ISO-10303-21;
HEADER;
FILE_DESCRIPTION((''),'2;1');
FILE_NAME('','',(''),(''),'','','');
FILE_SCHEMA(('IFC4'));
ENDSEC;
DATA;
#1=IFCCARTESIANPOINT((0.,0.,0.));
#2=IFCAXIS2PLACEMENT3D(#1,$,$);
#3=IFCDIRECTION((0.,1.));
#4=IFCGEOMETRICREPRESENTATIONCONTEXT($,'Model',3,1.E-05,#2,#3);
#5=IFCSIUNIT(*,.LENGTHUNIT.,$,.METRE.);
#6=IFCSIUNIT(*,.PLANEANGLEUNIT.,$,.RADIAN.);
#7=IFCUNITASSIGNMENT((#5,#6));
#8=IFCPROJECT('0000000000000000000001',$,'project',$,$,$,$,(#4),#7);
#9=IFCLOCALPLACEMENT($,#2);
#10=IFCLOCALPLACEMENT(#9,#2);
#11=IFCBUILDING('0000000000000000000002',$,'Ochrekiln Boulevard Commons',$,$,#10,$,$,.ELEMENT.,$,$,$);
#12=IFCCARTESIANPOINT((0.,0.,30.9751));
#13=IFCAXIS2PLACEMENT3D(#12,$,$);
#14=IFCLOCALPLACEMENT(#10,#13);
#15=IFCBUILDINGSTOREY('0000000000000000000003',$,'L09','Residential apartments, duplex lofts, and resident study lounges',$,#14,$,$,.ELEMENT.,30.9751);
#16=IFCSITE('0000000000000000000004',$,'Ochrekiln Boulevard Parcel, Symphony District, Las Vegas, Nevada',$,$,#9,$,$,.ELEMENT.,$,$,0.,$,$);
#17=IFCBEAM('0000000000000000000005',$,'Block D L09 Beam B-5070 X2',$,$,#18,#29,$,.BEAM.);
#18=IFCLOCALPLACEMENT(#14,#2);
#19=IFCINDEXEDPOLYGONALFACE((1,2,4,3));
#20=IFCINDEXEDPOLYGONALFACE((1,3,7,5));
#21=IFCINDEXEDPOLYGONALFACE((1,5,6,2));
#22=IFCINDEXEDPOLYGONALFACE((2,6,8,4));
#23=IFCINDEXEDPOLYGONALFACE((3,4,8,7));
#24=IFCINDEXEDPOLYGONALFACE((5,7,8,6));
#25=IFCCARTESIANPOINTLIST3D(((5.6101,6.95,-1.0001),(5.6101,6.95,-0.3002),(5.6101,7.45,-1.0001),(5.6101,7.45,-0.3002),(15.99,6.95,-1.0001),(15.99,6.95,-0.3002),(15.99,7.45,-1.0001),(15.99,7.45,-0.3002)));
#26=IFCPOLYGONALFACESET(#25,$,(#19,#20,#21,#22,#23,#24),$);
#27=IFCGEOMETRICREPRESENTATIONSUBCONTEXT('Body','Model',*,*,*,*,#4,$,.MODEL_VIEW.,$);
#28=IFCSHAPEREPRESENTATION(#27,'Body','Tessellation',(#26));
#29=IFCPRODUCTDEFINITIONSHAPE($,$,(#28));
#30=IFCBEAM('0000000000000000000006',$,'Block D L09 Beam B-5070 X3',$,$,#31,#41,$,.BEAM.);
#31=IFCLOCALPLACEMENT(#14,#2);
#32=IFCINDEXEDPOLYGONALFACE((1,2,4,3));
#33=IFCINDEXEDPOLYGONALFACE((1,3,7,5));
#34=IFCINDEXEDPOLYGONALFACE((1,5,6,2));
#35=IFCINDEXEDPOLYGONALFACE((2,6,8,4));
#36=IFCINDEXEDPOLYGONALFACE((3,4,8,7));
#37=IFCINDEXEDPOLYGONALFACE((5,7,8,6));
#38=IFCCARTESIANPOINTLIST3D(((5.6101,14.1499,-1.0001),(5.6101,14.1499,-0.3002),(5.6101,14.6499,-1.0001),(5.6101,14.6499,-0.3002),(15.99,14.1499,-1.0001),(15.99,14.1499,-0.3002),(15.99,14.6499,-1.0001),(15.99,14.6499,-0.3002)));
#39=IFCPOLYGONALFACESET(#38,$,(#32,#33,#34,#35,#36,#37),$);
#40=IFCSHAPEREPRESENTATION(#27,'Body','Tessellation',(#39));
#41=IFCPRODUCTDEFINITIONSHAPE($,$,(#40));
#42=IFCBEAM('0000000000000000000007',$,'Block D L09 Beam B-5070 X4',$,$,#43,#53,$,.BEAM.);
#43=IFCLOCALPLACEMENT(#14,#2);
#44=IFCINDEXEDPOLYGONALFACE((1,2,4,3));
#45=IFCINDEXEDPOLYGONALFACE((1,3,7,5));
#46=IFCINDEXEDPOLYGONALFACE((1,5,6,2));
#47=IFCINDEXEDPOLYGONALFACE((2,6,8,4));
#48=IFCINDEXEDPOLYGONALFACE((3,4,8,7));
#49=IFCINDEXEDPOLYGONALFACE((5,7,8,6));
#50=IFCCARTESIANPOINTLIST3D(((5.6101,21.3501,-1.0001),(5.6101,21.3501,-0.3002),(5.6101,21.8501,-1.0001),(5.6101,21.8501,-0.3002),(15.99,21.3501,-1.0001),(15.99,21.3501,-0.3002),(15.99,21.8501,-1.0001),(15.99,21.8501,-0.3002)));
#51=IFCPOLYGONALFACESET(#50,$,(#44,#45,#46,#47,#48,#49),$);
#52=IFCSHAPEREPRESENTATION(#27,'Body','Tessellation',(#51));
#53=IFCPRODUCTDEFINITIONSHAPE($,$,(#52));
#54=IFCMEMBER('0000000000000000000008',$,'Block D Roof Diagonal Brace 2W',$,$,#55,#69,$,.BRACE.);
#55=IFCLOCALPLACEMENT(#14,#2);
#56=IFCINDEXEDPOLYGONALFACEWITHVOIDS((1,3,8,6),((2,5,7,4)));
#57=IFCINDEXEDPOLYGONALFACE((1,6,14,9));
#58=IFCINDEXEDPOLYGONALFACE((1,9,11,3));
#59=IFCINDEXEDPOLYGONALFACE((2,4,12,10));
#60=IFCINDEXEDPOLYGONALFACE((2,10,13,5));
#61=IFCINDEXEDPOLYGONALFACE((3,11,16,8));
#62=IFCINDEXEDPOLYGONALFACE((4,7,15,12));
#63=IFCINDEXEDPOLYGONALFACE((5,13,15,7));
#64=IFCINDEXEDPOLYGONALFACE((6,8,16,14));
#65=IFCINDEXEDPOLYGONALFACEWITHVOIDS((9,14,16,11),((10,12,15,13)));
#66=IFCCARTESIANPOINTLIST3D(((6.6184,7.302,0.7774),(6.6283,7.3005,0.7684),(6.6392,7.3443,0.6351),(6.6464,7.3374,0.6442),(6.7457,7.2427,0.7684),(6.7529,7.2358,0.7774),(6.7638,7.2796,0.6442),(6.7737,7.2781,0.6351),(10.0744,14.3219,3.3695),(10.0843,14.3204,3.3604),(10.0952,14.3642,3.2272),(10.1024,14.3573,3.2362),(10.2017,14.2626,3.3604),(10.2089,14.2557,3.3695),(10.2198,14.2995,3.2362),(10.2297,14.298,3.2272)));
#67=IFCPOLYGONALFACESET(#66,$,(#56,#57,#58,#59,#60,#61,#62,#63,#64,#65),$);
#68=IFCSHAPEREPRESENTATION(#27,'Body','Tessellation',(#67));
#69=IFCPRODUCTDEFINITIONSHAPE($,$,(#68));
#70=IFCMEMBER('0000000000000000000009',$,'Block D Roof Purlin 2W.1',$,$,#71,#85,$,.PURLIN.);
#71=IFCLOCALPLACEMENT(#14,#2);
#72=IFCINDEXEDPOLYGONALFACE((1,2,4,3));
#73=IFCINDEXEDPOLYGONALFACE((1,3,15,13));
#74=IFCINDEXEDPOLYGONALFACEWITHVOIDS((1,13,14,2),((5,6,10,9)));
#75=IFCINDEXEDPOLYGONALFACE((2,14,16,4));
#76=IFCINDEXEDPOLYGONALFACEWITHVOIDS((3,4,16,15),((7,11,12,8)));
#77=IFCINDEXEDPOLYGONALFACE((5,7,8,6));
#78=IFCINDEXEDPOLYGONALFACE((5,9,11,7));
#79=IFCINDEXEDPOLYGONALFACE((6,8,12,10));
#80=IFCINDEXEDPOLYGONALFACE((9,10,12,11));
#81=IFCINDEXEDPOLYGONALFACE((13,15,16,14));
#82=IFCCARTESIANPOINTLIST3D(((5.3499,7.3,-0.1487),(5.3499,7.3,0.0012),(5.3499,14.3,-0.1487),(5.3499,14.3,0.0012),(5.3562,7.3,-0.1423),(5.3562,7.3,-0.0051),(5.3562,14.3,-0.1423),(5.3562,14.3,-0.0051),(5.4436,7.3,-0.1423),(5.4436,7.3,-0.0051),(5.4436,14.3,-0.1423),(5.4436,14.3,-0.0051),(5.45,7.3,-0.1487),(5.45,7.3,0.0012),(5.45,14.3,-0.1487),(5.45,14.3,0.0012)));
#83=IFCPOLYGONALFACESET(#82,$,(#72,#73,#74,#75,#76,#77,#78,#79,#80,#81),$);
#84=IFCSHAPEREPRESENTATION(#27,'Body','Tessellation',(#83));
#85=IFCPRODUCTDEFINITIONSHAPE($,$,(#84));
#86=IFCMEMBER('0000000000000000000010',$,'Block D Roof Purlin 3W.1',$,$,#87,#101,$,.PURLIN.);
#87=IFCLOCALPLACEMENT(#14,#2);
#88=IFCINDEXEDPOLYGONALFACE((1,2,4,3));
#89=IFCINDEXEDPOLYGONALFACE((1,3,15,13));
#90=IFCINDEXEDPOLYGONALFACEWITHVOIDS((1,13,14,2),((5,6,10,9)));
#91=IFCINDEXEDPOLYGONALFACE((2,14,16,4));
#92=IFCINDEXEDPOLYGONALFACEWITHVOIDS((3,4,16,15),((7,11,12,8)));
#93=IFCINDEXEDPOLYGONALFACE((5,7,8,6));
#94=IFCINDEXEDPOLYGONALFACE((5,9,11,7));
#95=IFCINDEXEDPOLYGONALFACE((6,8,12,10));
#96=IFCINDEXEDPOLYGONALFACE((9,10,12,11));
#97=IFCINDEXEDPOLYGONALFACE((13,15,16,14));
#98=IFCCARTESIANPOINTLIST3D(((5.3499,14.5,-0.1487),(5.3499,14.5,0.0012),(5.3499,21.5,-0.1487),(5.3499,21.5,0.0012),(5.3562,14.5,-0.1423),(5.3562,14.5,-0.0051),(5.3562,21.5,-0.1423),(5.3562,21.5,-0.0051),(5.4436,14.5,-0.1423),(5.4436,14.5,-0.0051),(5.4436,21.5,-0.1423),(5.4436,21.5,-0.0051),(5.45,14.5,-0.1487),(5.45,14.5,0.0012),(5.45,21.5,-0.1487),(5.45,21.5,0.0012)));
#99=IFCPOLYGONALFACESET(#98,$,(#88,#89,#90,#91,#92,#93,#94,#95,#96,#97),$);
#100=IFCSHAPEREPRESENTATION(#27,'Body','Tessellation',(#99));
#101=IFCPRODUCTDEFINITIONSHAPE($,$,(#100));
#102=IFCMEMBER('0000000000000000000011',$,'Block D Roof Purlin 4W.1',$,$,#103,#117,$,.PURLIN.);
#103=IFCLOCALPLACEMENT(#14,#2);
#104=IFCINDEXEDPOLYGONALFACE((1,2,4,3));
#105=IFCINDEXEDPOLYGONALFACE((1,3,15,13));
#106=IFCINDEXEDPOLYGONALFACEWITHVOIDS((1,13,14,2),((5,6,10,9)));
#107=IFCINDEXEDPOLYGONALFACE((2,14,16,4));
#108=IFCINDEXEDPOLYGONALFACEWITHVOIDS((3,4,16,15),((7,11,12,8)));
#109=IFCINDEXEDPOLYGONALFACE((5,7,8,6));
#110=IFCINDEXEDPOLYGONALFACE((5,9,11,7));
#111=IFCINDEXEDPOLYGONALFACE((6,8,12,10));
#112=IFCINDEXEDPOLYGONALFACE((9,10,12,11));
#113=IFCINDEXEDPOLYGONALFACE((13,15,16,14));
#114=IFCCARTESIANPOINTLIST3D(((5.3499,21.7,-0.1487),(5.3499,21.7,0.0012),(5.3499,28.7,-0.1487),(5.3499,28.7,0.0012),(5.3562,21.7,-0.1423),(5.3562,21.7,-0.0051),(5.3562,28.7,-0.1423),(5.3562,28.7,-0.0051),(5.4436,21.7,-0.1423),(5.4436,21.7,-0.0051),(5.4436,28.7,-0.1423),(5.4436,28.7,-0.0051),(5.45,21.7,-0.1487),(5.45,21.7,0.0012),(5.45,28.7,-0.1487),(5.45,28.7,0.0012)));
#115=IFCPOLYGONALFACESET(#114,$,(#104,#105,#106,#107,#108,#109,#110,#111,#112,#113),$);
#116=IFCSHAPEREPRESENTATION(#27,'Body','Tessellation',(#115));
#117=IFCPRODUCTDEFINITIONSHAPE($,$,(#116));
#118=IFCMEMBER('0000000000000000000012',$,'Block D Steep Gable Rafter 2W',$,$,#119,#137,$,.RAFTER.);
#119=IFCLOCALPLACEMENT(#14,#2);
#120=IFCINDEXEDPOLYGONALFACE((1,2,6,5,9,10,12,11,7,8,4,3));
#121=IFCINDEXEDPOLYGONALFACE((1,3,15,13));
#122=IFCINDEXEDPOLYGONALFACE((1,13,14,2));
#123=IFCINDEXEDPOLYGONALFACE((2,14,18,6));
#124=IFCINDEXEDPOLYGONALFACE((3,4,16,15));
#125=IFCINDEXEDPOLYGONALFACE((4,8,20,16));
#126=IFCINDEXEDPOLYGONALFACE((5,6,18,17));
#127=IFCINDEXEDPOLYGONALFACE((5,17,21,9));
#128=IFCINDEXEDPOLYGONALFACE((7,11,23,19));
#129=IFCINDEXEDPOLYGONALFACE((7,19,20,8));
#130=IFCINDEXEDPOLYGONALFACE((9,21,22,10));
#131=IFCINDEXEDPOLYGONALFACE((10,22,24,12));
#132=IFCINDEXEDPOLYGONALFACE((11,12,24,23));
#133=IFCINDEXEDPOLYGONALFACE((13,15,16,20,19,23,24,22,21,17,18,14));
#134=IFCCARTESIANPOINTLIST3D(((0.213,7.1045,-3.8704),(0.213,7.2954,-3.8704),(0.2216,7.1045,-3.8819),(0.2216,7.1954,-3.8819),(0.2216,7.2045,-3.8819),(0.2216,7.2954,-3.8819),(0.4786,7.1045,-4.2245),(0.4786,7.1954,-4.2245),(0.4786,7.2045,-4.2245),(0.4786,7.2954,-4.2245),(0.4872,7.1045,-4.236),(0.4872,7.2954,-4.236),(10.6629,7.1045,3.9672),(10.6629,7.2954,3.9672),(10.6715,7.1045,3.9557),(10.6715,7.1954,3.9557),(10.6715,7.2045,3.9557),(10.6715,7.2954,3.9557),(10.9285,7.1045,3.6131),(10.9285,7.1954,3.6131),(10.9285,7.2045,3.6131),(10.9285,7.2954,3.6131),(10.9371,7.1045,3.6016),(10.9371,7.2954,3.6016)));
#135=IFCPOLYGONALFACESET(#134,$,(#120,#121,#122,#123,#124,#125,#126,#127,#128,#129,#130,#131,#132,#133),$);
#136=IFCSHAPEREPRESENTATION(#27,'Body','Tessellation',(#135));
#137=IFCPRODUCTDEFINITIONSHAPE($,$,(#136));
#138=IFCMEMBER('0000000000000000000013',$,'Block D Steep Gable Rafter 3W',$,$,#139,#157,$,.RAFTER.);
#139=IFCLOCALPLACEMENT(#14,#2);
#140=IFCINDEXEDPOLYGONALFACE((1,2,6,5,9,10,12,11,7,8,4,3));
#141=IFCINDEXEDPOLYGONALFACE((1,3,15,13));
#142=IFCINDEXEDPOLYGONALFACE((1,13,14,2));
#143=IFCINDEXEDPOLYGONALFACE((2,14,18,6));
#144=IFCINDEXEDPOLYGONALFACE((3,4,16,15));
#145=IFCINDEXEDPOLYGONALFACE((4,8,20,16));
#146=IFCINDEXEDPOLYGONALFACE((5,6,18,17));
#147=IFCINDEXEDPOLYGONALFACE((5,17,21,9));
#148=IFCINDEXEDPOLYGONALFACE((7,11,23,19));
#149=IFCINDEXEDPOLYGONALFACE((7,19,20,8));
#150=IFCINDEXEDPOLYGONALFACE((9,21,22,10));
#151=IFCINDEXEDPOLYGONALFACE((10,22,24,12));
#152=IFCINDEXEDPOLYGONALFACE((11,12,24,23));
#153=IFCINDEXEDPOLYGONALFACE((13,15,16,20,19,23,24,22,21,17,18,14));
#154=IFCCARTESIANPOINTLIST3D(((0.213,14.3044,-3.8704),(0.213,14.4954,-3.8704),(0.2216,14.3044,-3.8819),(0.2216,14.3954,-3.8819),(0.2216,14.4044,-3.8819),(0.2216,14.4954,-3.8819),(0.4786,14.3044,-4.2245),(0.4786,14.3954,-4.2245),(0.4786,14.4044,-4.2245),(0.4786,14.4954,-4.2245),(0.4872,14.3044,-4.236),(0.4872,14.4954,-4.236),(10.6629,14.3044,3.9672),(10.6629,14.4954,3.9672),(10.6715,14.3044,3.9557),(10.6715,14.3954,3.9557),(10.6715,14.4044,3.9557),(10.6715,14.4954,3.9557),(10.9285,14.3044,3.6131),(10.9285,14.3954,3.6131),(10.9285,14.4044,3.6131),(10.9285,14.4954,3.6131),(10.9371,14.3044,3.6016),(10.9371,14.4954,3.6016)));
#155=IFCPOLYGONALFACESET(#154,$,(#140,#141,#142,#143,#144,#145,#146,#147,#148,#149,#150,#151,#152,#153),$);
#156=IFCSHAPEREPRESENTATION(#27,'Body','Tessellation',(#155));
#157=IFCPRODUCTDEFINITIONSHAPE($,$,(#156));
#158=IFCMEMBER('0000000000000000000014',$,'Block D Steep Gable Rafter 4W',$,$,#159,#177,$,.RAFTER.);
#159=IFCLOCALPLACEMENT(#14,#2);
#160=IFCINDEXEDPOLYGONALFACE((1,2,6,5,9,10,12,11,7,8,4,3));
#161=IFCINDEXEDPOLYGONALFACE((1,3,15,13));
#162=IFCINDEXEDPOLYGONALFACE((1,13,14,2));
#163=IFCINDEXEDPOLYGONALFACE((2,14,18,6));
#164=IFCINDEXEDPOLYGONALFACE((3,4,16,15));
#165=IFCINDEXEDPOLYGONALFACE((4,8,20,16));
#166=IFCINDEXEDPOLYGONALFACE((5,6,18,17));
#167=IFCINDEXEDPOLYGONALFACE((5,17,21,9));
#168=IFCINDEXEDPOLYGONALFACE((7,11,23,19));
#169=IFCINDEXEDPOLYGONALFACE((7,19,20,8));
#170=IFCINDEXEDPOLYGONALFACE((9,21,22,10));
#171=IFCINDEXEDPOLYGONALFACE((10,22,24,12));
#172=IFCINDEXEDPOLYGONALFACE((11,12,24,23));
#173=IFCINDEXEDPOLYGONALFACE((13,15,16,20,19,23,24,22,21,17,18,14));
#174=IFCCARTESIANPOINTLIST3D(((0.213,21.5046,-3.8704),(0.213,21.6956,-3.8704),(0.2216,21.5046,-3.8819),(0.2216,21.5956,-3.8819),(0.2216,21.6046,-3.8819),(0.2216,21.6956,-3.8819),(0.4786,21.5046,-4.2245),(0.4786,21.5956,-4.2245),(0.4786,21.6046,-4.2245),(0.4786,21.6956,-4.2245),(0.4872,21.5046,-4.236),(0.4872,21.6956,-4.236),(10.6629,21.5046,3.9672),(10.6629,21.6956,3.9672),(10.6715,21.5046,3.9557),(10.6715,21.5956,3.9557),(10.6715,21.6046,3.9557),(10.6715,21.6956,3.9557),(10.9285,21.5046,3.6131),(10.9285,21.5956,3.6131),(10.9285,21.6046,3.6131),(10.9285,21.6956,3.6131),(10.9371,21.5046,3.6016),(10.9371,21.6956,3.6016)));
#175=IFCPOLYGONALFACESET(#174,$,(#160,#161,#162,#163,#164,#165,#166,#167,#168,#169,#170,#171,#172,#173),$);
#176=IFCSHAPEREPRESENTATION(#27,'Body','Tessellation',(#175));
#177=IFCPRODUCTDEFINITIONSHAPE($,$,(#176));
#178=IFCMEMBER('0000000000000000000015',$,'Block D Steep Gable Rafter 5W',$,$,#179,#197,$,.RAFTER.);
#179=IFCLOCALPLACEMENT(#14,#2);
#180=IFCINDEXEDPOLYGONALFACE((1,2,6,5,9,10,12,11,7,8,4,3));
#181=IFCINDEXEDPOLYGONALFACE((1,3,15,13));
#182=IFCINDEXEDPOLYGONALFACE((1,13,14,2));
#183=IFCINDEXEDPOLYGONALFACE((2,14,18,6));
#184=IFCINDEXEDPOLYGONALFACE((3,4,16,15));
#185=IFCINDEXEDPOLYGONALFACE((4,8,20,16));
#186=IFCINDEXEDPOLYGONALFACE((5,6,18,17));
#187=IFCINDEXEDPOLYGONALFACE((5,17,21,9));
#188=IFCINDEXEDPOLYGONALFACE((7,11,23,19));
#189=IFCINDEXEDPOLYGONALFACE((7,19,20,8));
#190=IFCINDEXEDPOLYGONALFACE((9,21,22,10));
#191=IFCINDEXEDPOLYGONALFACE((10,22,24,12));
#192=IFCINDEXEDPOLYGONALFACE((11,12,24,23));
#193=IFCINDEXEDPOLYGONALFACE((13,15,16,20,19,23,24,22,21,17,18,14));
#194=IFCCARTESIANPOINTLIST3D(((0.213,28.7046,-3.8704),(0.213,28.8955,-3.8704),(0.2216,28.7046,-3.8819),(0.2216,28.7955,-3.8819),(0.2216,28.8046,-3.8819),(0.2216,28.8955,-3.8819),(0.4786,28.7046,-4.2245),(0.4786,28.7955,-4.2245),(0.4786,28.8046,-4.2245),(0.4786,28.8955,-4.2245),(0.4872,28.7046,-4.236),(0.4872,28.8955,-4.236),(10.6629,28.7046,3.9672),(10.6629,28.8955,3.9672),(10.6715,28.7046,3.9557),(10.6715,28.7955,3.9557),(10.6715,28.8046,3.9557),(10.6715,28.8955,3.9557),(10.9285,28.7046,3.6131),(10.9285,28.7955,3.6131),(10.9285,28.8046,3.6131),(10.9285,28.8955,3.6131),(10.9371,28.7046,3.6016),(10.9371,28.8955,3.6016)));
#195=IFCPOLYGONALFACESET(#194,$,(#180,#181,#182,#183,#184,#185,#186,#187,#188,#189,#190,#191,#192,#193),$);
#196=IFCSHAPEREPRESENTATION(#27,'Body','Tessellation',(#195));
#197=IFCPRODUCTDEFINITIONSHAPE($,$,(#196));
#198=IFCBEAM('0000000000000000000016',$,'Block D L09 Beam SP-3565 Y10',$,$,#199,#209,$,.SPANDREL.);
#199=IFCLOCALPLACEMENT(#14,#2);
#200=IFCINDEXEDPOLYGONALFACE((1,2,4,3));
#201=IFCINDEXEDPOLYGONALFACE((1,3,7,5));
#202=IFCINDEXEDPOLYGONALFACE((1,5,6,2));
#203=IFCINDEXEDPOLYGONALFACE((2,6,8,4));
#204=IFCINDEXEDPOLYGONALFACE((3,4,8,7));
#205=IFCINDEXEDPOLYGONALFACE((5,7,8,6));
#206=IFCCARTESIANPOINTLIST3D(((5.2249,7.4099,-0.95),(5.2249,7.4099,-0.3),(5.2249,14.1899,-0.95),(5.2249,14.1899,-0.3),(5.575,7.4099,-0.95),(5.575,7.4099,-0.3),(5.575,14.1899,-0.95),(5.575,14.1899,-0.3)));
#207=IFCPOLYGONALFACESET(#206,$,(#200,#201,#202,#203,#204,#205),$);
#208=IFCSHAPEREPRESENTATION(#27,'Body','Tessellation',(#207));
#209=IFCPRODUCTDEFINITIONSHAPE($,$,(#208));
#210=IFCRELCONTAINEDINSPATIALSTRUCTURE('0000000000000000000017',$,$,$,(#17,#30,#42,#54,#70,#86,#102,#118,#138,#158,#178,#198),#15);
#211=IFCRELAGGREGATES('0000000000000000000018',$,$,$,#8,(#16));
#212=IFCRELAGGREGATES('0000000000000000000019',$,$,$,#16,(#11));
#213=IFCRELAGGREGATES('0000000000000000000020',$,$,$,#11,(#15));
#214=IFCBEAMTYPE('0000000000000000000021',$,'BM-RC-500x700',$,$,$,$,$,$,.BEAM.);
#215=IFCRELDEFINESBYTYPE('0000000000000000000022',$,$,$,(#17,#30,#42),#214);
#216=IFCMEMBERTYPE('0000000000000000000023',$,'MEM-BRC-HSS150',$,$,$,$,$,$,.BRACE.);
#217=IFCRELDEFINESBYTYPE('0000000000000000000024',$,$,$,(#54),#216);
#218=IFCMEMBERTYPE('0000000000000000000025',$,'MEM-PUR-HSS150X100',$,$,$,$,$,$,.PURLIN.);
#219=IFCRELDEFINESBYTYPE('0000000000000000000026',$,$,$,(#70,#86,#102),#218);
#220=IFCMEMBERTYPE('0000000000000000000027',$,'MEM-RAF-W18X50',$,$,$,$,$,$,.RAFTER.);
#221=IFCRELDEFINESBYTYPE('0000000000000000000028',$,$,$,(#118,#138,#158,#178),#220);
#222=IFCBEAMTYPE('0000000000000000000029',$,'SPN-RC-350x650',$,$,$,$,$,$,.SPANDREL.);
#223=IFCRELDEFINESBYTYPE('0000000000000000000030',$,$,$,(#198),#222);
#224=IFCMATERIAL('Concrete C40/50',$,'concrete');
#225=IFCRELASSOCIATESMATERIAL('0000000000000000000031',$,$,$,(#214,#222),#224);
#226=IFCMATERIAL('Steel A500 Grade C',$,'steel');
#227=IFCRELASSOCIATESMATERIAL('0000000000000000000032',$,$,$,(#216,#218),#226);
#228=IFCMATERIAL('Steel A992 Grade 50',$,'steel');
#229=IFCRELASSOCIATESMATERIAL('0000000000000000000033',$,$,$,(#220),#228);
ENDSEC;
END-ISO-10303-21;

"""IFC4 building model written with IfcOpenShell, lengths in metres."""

from ifc_helpers import new_model, si_unit, direction, frame, origin, origin_2d, place, context, subcontext, project, spatial, rectangle, hollow_rectangle, i_section, extrude, material, material_profile, profile_set, type_object, element, save


model = new_model("IFC4")

# Units and contexts
model_context = context("Model", 3, precision=1e-05, world=origin(), true_north=direction((0.0, 1.0)))
body_context = subcontext(model_context, "Body", "Model", "MODEL_VIEW")
ifc_project = project(units=[si_unit("LENGTHUNIT", "METRE"), si_unit("PLANEANGLEUNIT", "RADIAN")], contexts=[model_context])

# Site, building, storey
site_placement = place(None, origin())
site = spatial("IfcSite", under=ifc_project, at=site_placement, Name="Ochrekiln Boulevard Parcel, Symphony District, Las Vegas, Nevada", CompositionType="ELEMENT", RefElevation=0.0)
building_placement = place(site_placement, origin())
building = spatial("IfcBuilding", under=site, at=building_placement, Name="Ochrekiln Boulevard Commons", CompositionType="ELEMENT")
storey_placement = place(building_placement, frame((0.0, 0.0, 30.9751)))
storey = spatial("IfcBuildingStorey", under=building, at=storey_placement, Name="L09", Description="Residential apartments, duplex lofts, and resident study lounges", CompositionType="ELEMENT", Elevation=30.9751)

# Beams
ifc_material_1 = material(Name="Concrete C40/50", Category="concrete")
ifc_material_profile_1 = material_profile(ifc_material_1, rectangle(XDim=0.5, YDim=0.7, at=origin_2d()), Name="RC-BM-500x700")
ifc_profile_set_1 = profile_set([ifc_material_profile_1], Name="Concrete C40/50")
beam_type_1 = type_object("IfcBeamType", Name="BM-RC-500x700", PredefinedType="BEAM", material=ifc_profile_set_1)
for number, where, z_axis, x_axis, name in (
    (1, (5.6101, 7.2, -0.6501), (1.0, 0.0, 0.0), (0.0, 1.0, 0.0), "Block D L09 Beam B-5070 X2"),
    (2, (5.6101, 14.3999, -0.6501), (1.0, 0.0, 0.0), (0.0, 1.0, 0.0), "Block D L09 Beam B-5070 X3"),
    (3, (5.6101, 21.6001, -0.6501), (1.0, 0.0, 0.0), (0.0, 1.0, 0.0), "Block D L09 Beam B-5070 X4"),
):
    element("IfcBeam", number, at=place(storey_placement, frame(where, z_axis=z_axis, x_axis=x_axis)), inside=storey, type_object=beam_type_1, Name=name, PredefinedType="BEAM", context=body_context, shape_type="SweptSolid", body=[
        extrude(rectangle(XDim=0.5, YDim=0.7, at=origin_2d()), origin(), (0.0, 0.0, 1.0), 10.3799),
    ])

# Members
ifc_material_2 = material(Name="Steel A500 Grade C", Category="steel")
ifc_material_profile_2 = material_profile(ifc_material_2, hollow_rectangle(XDim=0.1499, YDim=0.1499, WallThickness=0.0095, at=origin_2d()), Name="HSS150X150X9.5")
ifc_profile_set_2 = profile_set([ifc_material_profile_2], Name="Steel A500 Grade C")
member_type_1 = type_object("IfcMemberType", Name="MEM-BRC-HSS150", PredefinedType="BRACE", material=ifc_profile_set_2)
member_placement = place(storey_placement, frame((6.696, 7.29, 0.7063), z_axis=(0.419282, 0.851655, 0.314461), x_axis=(-0.897168, 0.441689, 0.0)))
element("IfcMember", 4, at=member_placement, inside=storey, type_object=member_type_1, Name="Block D Roof Diagonal Brace 2W", PredefinedType="BRACE", context=body_context, shape_type="SweptSolid", body=[
    extrude(hollow_rectangle(XDim=0.1499, YDim=0.1499, WallThickness=0.0095, at=origin_2d()), origin(), (0.0, 0.0, 1.0), 8.2427),
])
ifc_material_profile_3 = material_profile(ifc_material_2, hollow_rectangle(XDim=0.1001, YDim=0.1499, WallThickness=0.0063, at=origin_2d()), Name="HSS150X100X6.4")
ifc_profile_set_3 = profile_set([ifc_material_profile_3], Name="Steel A500 Grade C")
member_type_2 = type_object("IfcMemberType", Name="MEM-PUR-HSS150X100", PredefinedType="PURLIN", material=ifc_profile_set_3)
for number, where, z_axis, x_axis, name in (
    (5, (5.3999, 7.3, -0.0737), (0.0, 1.0, 0.0), (-1.0, 0.0, 0.0), "Block D Roof Purlin 2W.1"),
    (6, (5.3999, 14.5, -0.0737), (0.0, 1.0, 0.0), (-1.0, 0.0, 0.0), "Block D Roof Purlin 3W.1"),
    (7, (5.3999, 21.7, -0.0737), (0.0, 1.0, 0.0), (-1.0, 0.0, 0.0), "Block D Roof Purlin 4W.1"),
):
    element("IfcMember", number, at=place(storey_placement, frame(where, z_axis=z_axis, x_axis=x_axis)), inside=storey, type_object=member_type_2, Name=name, PredefinedType="PURLIN", context=body_context, shape_type="SweptSolid", body=[
        extrude(hollow_rectangle(XDim=0.1001, YDim=0.1499, WallThickness=0.0063, at=origin_2d()), origin(), (0.0, 0.0, 1.0), 7.0),
    ])
ifc_material_3 = material(Name="Steel A992 Grade 50", Category="steel")
ifc_material_profile_4 = material_profile(ifc_material_3, i_section(OverallWidth=0.1909, OverallDepth=0.457, WebThickness=0.009, FlangeThickness=0.0144, at=origin_2d()), Name="W18X50")
ifc_profile_set_4 = profile_set([ifc_material_profile_4], Name="Steel A992 Grade 50")
member_type_3 = type_object("IfcMemberType", Name="MEM-RAF-W18X50", PredefinedType="RAFTER", material=ifc_profile_set_4)
for number, where, z_axis, x_axis, name in (
    (8, (0.3501, 7.2, -4.0532), (0.799993, 0.0, 0.600009), (0.0, 1.0, 0.0), "Block D Steep Gable Rafter 2W"),
    (9, (0.3501, 14.3999, -4.0532), (0.799993, 0.0, 0.600009), (0.0, 1.0, 0.0), "Block D Steep Gable Rafter 3W"),
    (10, (0.3501, 21.6001, -4.0532), (0.799993, 0.0, 0.600009), (0.0, 1.0, 0.0), "Block D Steep Gable Rafter 4W"),
    (11, (0.3501, 28.8, -4.0532), (0.799993, 0.0, 0.600009), (0.0, 1.0, 0.0), "Block D Steep Gable Rafter 5W"),
):
    element("IfcMember", number, at=place(storey_placement, frame(where, z_axis=z_axis, x_axis=x_axis)), inside=storey, type_object=member_type_3, Name=name, PredefinedType="RAFTER", context=body_context, shape_type="SweptSolid", body=[
        extrude(i_section(OverallWidth=0.1909, OverallDepth=0.457, WebThickness=0.009, FlangeThickness=0.0144, at=origin_2d()), origin(), (0.0, 0.0, 1.0), 13.0625),
    ])

# Beam
ifc_material_profile_5 = material_profile(ifc_material_1, rectangle(XDim=0.3501, YDim=0.6499, at=origin_2d()), Name="RC-SPN-350x650")
ifc_profile_set_5 = profile_set([ifc_material_profile_5], Name="Concrete C40/50")
beam_type_2 = type_object("IfcBeamType", Name="SPN-RC-350x650", PredefinedType="SPANDREL", material=ifc_profile_set_5)
beam_1_placement = place(storey_placement, frame((5.3999, 7.4099, -0.625), z_axis=(0.0, 1.0, 0.0), x_axis=(-1.0, 0.0, 0.0)))
element("IfcBeam", 12, at=beam_1_placement, inside=storey, type_object=beam_type_2, Name="Block D L09 Beam SP-3565 Y10", PredefinedType="SPANDREL", context=body_context, shape_type="SweptSolid", body=[
    extrude(rectangle(XDim=0.3501, YDim=0.6499, at=origin_2d()), origin(), (0.0, 0.0, 1.0), 6.78),
])

save(model, "model.ifc")
